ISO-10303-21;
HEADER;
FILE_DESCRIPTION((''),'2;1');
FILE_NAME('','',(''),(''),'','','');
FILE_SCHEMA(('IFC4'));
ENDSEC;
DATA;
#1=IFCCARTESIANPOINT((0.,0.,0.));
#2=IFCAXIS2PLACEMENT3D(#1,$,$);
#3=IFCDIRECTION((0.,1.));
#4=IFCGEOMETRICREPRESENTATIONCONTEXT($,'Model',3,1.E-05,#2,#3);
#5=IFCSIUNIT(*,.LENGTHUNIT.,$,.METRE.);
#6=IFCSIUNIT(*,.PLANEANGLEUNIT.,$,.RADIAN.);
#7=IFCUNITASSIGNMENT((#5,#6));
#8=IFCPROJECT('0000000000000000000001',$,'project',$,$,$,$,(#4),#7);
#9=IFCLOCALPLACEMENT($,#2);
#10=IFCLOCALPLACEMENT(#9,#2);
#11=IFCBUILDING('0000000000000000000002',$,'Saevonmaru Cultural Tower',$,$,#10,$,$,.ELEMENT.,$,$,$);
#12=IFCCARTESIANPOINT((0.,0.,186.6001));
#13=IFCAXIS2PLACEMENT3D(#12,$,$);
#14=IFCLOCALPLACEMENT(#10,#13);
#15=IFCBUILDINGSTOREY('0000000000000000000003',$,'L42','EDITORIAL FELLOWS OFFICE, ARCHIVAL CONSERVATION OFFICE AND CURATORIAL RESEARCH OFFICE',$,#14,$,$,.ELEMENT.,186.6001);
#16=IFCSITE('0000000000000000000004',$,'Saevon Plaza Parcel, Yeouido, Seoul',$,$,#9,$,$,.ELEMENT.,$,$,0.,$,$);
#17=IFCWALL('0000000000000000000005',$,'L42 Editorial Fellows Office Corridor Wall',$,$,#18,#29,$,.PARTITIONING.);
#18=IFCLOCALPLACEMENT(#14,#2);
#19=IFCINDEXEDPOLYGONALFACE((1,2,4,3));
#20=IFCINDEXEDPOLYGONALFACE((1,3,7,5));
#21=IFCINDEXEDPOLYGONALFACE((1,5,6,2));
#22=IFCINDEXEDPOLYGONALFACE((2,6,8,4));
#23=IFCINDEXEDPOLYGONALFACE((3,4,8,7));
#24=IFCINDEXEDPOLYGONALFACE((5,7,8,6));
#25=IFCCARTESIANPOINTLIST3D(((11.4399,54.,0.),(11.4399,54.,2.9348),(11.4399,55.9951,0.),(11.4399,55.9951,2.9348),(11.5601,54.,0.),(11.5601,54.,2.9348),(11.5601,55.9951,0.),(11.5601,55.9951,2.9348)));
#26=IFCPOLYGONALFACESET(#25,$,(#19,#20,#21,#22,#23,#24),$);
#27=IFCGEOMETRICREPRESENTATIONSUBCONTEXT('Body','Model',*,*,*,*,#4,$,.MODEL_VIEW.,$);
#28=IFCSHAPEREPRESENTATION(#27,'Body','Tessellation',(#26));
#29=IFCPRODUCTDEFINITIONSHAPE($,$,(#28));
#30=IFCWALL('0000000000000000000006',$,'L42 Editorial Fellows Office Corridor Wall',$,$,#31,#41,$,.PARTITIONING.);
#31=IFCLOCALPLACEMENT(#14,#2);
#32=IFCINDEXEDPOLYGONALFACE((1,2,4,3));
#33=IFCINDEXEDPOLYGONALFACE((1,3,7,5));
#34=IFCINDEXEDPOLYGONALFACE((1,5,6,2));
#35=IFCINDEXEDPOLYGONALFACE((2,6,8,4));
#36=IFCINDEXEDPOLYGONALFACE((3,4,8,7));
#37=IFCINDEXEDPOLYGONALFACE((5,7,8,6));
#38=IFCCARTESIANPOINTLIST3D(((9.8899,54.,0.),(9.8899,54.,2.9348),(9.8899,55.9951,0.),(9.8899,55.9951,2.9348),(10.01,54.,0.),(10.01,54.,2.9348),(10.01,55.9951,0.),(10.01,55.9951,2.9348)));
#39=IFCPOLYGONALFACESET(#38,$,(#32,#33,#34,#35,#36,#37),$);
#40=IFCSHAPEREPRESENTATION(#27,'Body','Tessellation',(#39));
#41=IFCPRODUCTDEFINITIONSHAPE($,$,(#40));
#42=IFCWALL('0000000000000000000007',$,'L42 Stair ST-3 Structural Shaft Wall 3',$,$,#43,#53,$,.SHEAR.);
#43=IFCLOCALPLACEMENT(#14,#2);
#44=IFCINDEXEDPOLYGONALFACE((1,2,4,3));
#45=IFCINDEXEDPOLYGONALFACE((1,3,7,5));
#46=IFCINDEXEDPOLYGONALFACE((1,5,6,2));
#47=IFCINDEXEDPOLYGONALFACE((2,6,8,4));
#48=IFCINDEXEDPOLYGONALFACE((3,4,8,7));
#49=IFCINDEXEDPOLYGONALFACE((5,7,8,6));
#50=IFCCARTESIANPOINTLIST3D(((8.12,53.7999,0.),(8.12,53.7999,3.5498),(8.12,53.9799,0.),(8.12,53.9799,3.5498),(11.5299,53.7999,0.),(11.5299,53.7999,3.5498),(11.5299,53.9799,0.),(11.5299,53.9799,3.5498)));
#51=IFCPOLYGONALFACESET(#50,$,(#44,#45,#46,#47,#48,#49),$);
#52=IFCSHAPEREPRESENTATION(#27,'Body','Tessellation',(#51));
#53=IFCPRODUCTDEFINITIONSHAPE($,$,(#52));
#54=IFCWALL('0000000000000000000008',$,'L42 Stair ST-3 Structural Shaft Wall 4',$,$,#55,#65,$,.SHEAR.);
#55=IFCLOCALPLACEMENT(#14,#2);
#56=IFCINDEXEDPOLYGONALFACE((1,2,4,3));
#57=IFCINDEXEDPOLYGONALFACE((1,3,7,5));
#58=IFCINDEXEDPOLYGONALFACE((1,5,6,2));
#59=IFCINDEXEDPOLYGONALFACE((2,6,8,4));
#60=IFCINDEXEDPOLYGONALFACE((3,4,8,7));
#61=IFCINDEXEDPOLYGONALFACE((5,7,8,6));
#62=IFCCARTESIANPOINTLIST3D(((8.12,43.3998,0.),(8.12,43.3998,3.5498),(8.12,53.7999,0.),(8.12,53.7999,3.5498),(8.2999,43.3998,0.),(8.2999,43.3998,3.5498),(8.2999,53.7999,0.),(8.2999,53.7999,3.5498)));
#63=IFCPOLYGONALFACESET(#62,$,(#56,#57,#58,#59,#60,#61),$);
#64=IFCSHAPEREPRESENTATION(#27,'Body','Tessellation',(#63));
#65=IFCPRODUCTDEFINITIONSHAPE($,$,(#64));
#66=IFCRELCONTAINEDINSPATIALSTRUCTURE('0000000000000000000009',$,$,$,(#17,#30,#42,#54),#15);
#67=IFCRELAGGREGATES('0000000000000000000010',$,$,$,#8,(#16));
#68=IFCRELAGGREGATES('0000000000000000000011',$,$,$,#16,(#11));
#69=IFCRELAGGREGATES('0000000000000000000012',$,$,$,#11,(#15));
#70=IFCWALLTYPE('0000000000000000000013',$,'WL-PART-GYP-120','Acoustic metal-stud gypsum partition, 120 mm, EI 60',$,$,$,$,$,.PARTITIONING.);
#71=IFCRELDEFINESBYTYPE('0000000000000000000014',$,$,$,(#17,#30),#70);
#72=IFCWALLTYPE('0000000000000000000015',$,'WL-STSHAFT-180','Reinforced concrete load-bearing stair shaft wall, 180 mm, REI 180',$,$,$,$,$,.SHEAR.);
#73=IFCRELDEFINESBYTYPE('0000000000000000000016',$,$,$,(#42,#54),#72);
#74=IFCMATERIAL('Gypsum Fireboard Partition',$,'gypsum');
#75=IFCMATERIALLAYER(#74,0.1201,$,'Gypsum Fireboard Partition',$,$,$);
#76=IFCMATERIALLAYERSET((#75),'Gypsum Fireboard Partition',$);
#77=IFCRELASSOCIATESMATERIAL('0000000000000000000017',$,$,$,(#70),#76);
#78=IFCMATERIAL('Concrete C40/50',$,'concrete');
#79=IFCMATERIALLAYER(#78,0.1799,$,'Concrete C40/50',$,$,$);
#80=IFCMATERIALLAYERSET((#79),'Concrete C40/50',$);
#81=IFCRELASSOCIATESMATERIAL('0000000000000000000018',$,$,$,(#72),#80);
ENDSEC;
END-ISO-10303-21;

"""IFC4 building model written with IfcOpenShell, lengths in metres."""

from ifc_helpers import new_model, si_unit, direction, frame, frame_2d, origin, place, context, subcontext, project, spatial, rectangle, extrude, material, layer, layer_set, type_object, element, save


model = new_model("IFC4")

# Units and contexts
model_context = context("Model", 3, precision=1e-05, world=origin(), true_north=direction((0.0, 1.0)))
body_context = subcontext(model_context, "Body", "Model", "MODEL_VIEW")
ifc_project = project(units=[si_unit("LENGTHUNIT", "METRE"), si_unit("PLANEANGLEUNIT", "RADIAN")], contexts=[model_context])

# Site, building, storey
site_placement = place(None, origin())
site = spatial("IfcSite", under=ifc_project, at=site_placement, Name="Saevon Plaza Parcel, Yeouido, Seoul", CompositionType="ELEMENT", RefElevation=0.0)
building_placement = place(site_placement, origin())
building = spatial("IfcBuilding", under=site, at=building_placement, Name="Saevonmaru Cultural Tower", CompositionType="ELEMENT")
storey_placement = place(building_placement, frame((0.0, 0.0, 186.6001)))
storey = spatial("IfcBuildingStorey", under=building, at=storey_placement, Name="L42", Description="EDITORIAL FELLOWS OFFICE, ARCHIVAL CONSERVATION OFFICE AND CURATORIAL RESEARCH OFFICE", CompositionType="ELEMENT", Elevation=186.6001)

# Walls
ifc_material_1 = material(Name="Gypsum Fireboard Partition", Category="gypsum")
ifc_layer_1 = layer(ifc_material_1, 0.1201, Name="Gypsum Fireboard Partition")
ifc_layer_set_1 = layer_set([ifc_layer_1], Name="Gypsum Fireboard Partition")
wall_type_1 = type_object("IfcWallType", Name="WL-PART-GYP-120", Description="Acoustic metal-stud gypsum partition, 120 mm, EI 60", PredefinedType="PARTITIONING", material=ifc_layer_set_1)
for number, where, z_axis, x_axis, name in (
    (1, (11.5, 54.0, 0.0), (0.0, 0.0, 1.0), (0.0, 1.0, 0.0), "L42 Editorial Fellows Office Corridor Wall"),
    (2, (9.95, 54.0, 0.0), (0.0, 0.0, 1.0), (0.0, 1.0, 0.0), "L42 Editorial Fellows Office Corridor Wall"),
):
    element("IfcWall", number, at=place(storey_placement, frame(where, z_axis=z_axis, x_axis=x_axis)), inside=storey, type_object=wall_type_1, Name=name, PredefinedType="PARTITIONING", context=body_context, shape_type="SweptSolid", body=[
        extrude(rectangle(XDim=1.9951, YDim=0.1201, at=frame_2d((0.9976, 0.0))), origin(), (0.0, 0.0, 1.0), 2.9348),
    ])
ifc_material_2 = material(Name="Concrete C40/50", Category="concrete")
ifc_layer_2 = layer(ifc_material_2, 0.1799, Name="Concrete C40/50")
ifc_layer_set_2 = layer_set([ifc_layer_2], Name="Concrete C40/50")
wall_type_2 = type_object("IfcWallType", Name="WL-STSHAFT-180", Description="Reinforced concrete load-bearing stair shaft wall, 180 mm, REI 180", PredefinedType="SHEAR", material=ifc_layer_set_2)
wall_1_placement = place(storey_placement, frame((11.53, 53.8899, 0.0), z_axis=(0.0, 0.0, 1.0), x_axis=(-1.0, 0.0, 0.0)))
element("IfcWall", 3, at=wall_1_placement, inside=storey, type_object=wall_type_2, Name="L42 Stair ST-3 Structural Shaft Wall 3", PredefinedType="SHEAR", context=body_context, shape_type="SweptSolid", body=[
    extrude(rectangle(XDim=3.4099, YDim=0.1799, at=frame_2d((1.7051, 0.0))), origin(), (0.0, 0.0, 1.0), 3.5498),
])
wall_2_placement = place(storey_placement, frame((8.21, 53.8, 0.0), z_axis=(0.0, 0.0, 1.0), x_axis=(0.0, -1.0, 0.0)))
element("IfcWall", 4, at=wall_2_placement, inside=storey, type_object=wall_type_2, Name="L42 Stair ST-3 Structural Shaft Wall 4", PredefinedType="SHEAR", context=body_context, shape_type="SweptSolid", body=[
    extrude(rectangle(XDim=10.4001, YDim=0.1799, at=frame_2d((5.2002, 0.0))), origin(), (0.0, 0.0, 1.0), 3.5498),
])

save(model, "model.ifc")
